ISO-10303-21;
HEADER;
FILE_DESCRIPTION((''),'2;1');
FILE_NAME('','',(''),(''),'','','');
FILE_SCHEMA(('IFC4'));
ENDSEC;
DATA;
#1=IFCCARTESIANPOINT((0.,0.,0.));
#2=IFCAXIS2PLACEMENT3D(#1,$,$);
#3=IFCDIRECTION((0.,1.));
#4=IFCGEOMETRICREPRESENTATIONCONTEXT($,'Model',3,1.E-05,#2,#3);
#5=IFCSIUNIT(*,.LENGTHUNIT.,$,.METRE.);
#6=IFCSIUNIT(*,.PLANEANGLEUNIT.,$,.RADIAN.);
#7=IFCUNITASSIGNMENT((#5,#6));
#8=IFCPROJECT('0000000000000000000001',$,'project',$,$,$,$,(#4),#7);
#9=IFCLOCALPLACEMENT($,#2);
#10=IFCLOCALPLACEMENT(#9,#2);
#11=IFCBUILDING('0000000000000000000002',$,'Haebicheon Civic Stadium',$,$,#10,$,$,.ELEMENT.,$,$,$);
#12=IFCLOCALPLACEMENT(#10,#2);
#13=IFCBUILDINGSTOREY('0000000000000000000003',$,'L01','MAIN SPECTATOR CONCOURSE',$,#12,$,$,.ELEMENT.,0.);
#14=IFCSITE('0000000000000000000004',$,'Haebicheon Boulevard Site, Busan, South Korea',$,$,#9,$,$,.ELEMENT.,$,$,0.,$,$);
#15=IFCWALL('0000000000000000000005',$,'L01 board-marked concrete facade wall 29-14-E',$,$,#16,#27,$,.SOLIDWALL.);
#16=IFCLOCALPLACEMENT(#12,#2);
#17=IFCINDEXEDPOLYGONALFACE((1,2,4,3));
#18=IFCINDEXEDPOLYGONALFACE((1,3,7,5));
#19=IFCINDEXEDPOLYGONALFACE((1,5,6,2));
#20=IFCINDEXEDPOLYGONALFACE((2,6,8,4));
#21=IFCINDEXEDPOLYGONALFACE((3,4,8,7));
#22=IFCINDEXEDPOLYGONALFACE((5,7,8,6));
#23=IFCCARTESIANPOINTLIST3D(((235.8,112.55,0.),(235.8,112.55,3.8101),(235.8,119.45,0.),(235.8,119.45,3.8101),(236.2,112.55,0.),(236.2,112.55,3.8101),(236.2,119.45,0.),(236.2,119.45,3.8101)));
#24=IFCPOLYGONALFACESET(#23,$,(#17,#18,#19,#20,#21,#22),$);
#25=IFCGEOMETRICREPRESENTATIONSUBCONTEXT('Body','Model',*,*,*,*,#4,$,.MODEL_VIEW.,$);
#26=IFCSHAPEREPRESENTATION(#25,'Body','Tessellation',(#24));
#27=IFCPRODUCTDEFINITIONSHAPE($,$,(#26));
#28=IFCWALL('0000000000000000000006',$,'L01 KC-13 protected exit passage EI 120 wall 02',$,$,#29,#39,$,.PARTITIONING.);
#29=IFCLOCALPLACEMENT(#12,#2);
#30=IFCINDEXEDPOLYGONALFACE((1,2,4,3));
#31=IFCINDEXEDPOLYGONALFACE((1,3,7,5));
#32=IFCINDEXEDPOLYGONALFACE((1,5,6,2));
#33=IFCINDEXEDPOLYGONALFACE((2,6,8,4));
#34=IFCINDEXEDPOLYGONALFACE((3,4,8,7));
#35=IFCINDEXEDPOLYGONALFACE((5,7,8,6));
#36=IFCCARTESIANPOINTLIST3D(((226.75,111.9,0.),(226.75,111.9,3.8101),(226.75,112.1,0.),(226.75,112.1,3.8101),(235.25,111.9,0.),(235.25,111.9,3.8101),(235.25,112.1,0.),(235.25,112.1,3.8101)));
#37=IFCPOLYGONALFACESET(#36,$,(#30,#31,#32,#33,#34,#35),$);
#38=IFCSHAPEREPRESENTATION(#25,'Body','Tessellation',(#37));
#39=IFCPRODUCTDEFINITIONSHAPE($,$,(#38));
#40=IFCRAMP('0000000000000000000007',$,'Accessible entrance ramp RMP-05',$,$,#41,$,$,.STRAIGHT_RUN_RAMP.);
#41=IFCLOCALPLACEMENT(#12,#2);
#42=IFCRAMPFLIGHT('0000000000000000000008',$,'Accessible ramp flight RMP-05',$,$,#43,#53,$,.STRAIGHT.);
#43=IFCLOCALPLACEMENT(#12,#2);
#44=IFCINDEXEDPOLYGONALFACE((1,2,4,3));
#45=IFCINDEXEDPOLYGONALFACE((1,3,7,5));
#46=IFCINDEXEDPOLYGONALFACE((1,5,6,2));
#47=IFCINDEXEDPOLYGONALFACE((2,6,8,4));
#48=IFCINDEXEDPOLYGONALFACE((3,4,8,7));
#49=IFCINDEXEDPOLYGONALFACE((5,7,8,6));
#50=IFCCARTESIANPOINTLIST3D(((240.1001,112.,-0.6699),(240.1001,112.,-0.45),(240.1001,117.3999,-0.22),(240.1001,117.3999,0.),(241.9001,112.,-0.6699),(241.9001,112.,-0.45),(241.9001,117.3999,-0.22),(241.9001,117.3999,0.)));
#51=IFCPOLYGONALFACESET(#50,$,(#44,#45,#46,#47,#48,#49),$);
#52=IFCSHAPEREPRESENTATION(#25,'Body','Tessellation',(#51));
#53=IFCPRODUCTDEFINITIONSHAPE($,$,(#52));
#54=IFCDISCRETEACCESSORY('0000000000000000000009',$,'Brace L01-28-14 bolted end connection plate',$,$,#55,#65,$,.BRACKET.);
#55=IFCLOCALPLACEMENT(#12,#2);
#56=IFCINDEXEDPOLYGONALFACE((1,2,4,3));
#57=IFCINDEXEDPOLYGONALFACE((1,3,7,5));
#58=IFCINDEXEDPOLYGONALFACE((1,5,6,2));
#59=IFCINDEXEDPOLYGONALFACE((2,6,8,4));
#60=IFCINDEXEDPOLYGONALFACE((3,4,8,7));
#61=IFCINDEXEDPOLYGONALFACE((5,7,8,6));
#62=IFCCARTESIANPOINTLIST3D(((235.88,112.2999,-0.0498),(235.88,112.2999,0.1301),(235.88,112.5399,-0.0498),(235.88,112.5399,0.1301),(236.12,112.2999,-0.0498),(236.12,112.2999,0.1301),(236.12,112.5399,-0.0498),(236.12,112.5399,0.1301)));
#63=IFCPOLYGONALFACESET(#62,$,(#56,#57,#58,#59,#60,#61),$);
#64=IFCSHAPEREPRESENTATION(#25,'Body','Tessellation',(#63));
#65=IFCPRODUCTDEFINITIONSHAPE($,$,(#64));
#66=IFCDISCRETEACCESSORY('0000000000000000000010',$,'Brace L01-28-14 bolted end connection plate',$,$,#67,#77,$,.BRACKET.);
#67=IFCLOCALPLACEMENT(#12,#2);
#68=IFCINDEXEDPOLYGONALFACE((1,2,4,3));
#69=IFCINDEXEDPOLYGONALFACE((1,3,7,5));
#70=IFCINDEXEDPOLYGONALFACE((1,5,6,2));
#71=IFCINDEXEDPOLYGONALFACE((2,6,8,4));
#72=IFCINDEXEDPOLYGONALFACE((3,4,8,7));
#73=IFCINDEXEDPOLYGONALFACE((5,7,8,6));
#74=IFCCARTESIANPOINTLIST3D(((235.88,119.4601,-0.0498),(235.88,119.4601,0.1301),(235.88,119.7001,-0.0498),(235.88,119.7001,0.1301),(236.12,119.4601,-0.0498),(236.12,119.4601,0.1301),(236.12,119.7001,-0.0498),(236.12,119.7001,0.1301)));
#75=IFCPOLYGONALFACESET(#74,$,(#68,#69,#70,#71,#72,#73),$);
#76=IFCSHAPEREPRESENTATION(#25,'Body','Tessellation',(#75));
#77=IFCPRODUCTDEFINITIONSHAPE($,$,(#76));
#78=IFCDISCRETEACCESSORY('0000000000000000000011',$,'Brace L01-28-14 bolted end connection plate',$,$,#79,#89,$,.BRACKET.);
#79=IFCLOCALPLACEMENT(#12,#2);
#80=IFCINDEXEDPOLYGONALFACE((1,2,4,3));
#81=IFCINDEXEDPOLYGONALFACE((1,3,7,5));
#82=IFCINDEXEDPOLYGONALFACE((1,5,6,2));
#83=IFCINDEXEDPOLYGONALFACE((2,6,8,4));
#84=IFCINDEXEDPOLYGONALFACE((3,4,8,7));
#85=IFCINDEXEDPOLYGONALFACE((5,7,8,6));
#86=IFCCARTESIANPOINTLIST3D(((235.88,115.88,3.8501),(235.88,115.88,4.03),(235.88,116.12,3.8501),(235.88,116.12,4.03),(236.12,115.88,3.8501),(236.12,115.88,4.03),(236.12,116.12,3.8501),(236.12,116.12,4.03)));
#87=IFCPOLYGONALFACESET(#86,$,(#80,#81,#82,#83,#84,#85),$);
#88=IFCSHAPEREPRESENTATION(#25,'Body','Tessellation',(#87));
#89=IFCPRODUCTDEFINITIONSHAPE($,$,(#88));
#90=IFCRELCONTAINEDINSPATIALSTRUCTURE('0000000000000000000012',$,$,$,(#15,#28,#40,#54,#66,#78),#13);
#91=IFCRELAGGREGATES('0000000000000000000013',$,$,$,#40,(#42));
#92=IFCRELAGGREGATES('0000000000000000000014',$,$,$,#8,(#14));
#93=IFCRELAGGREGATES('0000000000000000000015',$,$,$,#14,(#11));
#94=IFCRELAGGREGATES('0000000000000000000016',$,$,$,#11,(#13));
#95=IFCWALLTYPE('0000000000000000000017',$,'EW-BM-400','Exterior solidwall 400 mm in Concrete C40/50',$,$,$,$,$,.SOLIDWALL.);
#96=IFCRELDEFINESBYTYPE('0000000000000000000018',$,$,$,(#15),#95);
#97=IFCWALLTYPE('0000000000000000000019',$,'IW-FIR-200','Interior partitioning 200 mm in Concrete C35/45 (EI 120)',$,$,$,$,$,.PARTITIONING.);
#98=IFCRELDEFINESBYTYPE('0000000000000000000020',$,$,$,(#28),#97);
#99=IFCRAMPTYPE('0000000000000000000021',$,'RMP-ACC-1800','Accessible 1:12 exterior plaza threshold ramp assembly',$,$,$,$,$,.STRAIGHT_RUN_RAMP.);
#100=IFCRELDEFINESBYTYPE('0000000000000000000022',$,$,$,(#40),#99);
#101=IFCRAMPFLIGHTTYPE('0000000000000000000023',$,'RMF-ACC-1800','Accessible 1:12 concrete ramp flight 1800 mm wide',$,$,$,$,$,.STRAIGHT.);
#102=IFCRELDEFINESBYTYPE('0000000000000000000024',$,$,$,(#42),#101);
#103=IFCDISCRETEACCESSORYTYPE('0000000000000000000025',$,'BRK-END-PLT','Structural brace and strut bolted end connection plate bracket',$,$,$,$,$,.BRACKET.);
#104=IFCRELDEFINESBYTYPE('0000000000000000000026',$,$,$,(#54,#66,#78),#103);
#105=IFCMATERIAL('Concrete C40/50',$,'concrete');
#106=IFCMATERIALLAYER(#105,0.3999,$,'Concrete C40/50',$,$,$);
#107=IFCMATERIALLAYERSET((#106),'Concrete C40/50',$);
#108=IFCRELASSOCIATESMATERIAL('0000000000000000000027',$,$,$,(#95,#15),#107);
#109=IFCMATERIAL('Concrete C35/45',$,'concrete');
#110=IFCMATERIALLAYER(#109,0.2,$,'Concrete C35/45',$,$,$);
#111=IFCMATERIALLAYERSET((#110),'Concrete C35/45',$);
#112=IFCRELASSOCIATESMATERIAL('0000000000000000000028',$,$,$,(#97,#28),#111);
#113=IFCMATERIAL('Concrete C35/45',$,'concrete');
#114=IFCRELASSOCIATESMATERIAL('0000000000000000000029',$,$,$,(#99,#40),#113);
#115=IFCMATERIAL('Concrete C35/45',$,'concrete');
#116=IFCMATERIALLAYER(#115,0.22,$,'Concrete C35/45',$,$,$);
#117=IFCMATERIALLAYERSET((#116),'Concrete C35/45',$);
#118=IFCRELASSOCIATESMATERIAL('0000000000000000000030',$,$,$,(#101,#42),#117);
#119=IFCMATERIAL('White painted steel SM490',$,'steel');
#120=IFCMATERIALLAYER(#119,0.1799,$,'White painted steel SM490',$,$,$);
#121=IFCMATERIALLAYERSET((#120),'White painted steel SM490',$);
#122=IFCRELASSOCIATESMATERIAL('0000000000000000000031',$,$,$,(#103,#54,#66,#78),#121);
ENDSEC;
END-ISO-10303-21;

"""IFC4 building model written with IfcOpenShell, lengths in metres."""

from ifc_helpers import new_model, si_unit, direction, frame, frame_2d, origin, origin_2d, place, context, subcontext, project, spatial, polyline, rectangle, outline, extrude, material, layer, layer_set, type_object, element, aggregate, save


model = new_model("IFC4")

# Units and contexts
model_context = context("Model", 3, precision=1e-05, world=origin(), true_north=direction((0.0, 1.0)))
body_context = subcontext(model_context, "Body", "Model", "MODEL_VIEW")
ifc_project = project(units=[si_unit("LENGTHUNIT", "METRE"), si_unit("PLANEANGLEUNIT", "RADIAN")], contexts=[model_context])

# Site, building, storey
site_placement = place(None, origin())
site = spatial("IfcSite", under=ifc_project, at=site_placement, Name="Haebicheon Boulevard Site, Busan, South Korea", CompositionType="ELEMENT", RefElevation=0.0)
building_placement = place(site_placement, origin())
building = spatial("IfcBuilding", under=site, at=building_placement, Name="Haebicheon Civic Stadium", CompositionType="ELEMENT")
storey_placement = place(building_placement, origin())
storey = spatial("IfcBuildingStorey", under=building, at=storey_placement, Name="L01", Description="MAIN SPECTATOR CONCOURSE", CompositionType="ELEMENT", Elevation=0.0)

# Walls
ifc_material_1 = material(Name="Concrete C40/50", Category="concrete")
ifc_layer_1 = layer(ifc_material_1, 0.3999, Name="Concrete C40/50")
ifc_layer_set_1 = layer_set([ifc_layer_1], Name="Concrete C40/50")
wall_type_1 = type_object("IfcWallType", Name="EW-BM-400", Description="Exterior solidwall 400 mm in Concrete C40/50", PredefinedType="SOLIDWALL", material=ifc_layer_set_1)
wall_1_placement = place(storey_placement, frame((236.0, 112.55, 0.0), z_axis=(0.0, 0.0, 1.0), x_axis=(0.0, 1.0, 0.0)))
element("IfcWall", 1, at=wall_1_placement, inside=storey, type_object=wall_type_1, material=ifc_layer_set_1, Name="L01 board-marked concrete facade wall 29-14-E", PredefinedType="SOLIDWALL", context=body_context, shape_type="SweptSolid", body=[
    extrude(rectangle(XDim=6.8999, YDim=0.3999, at=frame_2d((3.45, 0.0))), origin(), (0.0, 0.0, 1.0), 3.8101),
])
ifc_material_2 = material(Name="Concrete C35/45", Category="concrete")
ifc_layer_2 = layer(ifc_material_2, 0.2, Name="Concrete C35/45")
ifc_layer_set_2 = layer_set([ifc_layer_2], Name="Concrete C35/45")
wall_type_2 = type_object("IfcWallType", Name="IW-FIR-200", Description="Interior partitioning 200 mm in Concrete C35/45 (EI 120)", PredefinedType="PARTITIONING", material=ifc_layer_set_2)
wall_2_placement = place(storey_placement, frame((226.75, 112.0, 0.0), z_axis=(0.0, 0.0, 1.0), x_axis=(1.0, 0.0, 0.0)))
element("IfcWall", 2, at=wall_2_placement, inside=storey, type_object=wall_type_2, material=ifc_layer_set_2, Name="L01 KC-13 protected exit passage EI 120 wall 02", PredefinedType="PARTITIONING", context=body_context, shape_type="SweptSolid", body=[
    extrude(rectangle(XDim=8.5, YDim=0.2, at=frame_2d((4.25, 0.0))), origin(), (0.0, 0.0, 1.0), 3.8101),
])

# Ramp, ramp flight
ifc_material_3 = material(Name="Concrete C35/45", Category="concrete")
ramp_type = type_object("IfcRampType", Name="RMP-ACC-1800", Description="Accessible 1:12 exterior plaza threshold ramp assembly", PredefinedType="STRAIGHT_RUN_RAMP", material=ifc_material_3)
ramp_placement = place(storey_placement, origin())
ramp = element("IfcRamp", 3, at=ramp_placement, inside=storey, type_object=ramp_type, material=ifc_material_3, Name="Accessible entrance ramp RMP-05", PredefinedType="STRAIGHT_RUN_RAMP")
ifc_material_4 = material(Name="Concrete C35/45", Category="concrete")
ifc_layer_3 = layer(ifc_material_4, 0.22, Name="Concrete C35/45")
ifc_layer_set_3 = layer_set([ifc_layer_3], Name="Concrete C35/45")
ramp_flight_type = type_object("IfcRampFlightType", Name="RMF-ACC-1800", Description="Accessible 1:12 concrete ramp flight 1800 mm wide", PredefinedType="STRAIGHT", material=ifc_layer_set_3)
ramp_flight_placement = place(storey_placement, frame((241.0, 112.0, -0.45), z_axis=(0.0, 0.0, 1.0), x_axis=(0.0, 1.0, 0.0)))
ramp_flight = element("IfcRampFlight", 4, at=ramp_flight_placement, type_object=ramp_flight_type, material=ifc_layer_set_3, Name="Accessible ramp flight RMP-05", PredefinedType="STRAIGHT", context=body_context, shape_type="SweptSolid", body=[
    extrude(outline(polyline([(0.0, 0.0), (5.3999, 0.45), (5.3999, 0.23), (0.0, -0.22), (0.0, 0.0)])), frame((0.0, 0.8999, 0.0), z_axis=(0.0, -1.0, 0.0), x_axis=(1.0, 0.0, 0.0)), (0.0, 0.0, 1.0), 1.8),
])
aggregate(ramp, [ramp_flight])

# Discrete accessories
ifc_material_5 = material(Name="White painted steel SM490", Category="steel")
ifc_layer_4 = layer(ifc_material_5, 0.1799, Name="White painted steel SM490")
ifc_layer_set_4 = layer_set([ifc_layer_4], Name="White painted steel SM490")
discrete_accessory_type = type_object("IfcDiscreteAccessoryType", Name="BRK-END-PLT", Description="Structural brace and strut bolted end connection plate bracket", PredefinedType="BRACKET", material=ifc_layer_set_4)
for number, where, z_axis, x_axis, name in (
    (5, (236.0, 112.4199, -0.0498), (0.0, 0.0, 1.0), (1.0, 0.0, 0.0), "Brace L01-28-14 bolted end connection plate"),
    (6, (236.0, 119.5801, -0.0498), (0.0, 0.0, 1.0), (1.0, 0.0, 0.0), "Brace L01-28-14 bolted end connection plate"),
    (7, (236.0, 116.0, 3.8501), (0.0, 0.0, 1.0), (1.0, 0.0, 0.0), "Brace L01-28-14 bolted end connection plate"),
):
    element("IfcDiscreteAccessory", number, at=place(storey_placement, frame(where, z_axis=z_axis, x_axis=x_axis)), inside=storey, type_object=discrete_accessory_type, material=ifc_layer_set_4, Name=name, PredefinedType="BRACKET", context=body_context, shape_type="SweptSolid", body=[
        extrude(rectangle(XDim=0.24, YDim=0.24, at=origin_2d()), origin(), (0.0, 0.0, 1.0), 0.1799),
    ])

save(model, "model.ifc")
